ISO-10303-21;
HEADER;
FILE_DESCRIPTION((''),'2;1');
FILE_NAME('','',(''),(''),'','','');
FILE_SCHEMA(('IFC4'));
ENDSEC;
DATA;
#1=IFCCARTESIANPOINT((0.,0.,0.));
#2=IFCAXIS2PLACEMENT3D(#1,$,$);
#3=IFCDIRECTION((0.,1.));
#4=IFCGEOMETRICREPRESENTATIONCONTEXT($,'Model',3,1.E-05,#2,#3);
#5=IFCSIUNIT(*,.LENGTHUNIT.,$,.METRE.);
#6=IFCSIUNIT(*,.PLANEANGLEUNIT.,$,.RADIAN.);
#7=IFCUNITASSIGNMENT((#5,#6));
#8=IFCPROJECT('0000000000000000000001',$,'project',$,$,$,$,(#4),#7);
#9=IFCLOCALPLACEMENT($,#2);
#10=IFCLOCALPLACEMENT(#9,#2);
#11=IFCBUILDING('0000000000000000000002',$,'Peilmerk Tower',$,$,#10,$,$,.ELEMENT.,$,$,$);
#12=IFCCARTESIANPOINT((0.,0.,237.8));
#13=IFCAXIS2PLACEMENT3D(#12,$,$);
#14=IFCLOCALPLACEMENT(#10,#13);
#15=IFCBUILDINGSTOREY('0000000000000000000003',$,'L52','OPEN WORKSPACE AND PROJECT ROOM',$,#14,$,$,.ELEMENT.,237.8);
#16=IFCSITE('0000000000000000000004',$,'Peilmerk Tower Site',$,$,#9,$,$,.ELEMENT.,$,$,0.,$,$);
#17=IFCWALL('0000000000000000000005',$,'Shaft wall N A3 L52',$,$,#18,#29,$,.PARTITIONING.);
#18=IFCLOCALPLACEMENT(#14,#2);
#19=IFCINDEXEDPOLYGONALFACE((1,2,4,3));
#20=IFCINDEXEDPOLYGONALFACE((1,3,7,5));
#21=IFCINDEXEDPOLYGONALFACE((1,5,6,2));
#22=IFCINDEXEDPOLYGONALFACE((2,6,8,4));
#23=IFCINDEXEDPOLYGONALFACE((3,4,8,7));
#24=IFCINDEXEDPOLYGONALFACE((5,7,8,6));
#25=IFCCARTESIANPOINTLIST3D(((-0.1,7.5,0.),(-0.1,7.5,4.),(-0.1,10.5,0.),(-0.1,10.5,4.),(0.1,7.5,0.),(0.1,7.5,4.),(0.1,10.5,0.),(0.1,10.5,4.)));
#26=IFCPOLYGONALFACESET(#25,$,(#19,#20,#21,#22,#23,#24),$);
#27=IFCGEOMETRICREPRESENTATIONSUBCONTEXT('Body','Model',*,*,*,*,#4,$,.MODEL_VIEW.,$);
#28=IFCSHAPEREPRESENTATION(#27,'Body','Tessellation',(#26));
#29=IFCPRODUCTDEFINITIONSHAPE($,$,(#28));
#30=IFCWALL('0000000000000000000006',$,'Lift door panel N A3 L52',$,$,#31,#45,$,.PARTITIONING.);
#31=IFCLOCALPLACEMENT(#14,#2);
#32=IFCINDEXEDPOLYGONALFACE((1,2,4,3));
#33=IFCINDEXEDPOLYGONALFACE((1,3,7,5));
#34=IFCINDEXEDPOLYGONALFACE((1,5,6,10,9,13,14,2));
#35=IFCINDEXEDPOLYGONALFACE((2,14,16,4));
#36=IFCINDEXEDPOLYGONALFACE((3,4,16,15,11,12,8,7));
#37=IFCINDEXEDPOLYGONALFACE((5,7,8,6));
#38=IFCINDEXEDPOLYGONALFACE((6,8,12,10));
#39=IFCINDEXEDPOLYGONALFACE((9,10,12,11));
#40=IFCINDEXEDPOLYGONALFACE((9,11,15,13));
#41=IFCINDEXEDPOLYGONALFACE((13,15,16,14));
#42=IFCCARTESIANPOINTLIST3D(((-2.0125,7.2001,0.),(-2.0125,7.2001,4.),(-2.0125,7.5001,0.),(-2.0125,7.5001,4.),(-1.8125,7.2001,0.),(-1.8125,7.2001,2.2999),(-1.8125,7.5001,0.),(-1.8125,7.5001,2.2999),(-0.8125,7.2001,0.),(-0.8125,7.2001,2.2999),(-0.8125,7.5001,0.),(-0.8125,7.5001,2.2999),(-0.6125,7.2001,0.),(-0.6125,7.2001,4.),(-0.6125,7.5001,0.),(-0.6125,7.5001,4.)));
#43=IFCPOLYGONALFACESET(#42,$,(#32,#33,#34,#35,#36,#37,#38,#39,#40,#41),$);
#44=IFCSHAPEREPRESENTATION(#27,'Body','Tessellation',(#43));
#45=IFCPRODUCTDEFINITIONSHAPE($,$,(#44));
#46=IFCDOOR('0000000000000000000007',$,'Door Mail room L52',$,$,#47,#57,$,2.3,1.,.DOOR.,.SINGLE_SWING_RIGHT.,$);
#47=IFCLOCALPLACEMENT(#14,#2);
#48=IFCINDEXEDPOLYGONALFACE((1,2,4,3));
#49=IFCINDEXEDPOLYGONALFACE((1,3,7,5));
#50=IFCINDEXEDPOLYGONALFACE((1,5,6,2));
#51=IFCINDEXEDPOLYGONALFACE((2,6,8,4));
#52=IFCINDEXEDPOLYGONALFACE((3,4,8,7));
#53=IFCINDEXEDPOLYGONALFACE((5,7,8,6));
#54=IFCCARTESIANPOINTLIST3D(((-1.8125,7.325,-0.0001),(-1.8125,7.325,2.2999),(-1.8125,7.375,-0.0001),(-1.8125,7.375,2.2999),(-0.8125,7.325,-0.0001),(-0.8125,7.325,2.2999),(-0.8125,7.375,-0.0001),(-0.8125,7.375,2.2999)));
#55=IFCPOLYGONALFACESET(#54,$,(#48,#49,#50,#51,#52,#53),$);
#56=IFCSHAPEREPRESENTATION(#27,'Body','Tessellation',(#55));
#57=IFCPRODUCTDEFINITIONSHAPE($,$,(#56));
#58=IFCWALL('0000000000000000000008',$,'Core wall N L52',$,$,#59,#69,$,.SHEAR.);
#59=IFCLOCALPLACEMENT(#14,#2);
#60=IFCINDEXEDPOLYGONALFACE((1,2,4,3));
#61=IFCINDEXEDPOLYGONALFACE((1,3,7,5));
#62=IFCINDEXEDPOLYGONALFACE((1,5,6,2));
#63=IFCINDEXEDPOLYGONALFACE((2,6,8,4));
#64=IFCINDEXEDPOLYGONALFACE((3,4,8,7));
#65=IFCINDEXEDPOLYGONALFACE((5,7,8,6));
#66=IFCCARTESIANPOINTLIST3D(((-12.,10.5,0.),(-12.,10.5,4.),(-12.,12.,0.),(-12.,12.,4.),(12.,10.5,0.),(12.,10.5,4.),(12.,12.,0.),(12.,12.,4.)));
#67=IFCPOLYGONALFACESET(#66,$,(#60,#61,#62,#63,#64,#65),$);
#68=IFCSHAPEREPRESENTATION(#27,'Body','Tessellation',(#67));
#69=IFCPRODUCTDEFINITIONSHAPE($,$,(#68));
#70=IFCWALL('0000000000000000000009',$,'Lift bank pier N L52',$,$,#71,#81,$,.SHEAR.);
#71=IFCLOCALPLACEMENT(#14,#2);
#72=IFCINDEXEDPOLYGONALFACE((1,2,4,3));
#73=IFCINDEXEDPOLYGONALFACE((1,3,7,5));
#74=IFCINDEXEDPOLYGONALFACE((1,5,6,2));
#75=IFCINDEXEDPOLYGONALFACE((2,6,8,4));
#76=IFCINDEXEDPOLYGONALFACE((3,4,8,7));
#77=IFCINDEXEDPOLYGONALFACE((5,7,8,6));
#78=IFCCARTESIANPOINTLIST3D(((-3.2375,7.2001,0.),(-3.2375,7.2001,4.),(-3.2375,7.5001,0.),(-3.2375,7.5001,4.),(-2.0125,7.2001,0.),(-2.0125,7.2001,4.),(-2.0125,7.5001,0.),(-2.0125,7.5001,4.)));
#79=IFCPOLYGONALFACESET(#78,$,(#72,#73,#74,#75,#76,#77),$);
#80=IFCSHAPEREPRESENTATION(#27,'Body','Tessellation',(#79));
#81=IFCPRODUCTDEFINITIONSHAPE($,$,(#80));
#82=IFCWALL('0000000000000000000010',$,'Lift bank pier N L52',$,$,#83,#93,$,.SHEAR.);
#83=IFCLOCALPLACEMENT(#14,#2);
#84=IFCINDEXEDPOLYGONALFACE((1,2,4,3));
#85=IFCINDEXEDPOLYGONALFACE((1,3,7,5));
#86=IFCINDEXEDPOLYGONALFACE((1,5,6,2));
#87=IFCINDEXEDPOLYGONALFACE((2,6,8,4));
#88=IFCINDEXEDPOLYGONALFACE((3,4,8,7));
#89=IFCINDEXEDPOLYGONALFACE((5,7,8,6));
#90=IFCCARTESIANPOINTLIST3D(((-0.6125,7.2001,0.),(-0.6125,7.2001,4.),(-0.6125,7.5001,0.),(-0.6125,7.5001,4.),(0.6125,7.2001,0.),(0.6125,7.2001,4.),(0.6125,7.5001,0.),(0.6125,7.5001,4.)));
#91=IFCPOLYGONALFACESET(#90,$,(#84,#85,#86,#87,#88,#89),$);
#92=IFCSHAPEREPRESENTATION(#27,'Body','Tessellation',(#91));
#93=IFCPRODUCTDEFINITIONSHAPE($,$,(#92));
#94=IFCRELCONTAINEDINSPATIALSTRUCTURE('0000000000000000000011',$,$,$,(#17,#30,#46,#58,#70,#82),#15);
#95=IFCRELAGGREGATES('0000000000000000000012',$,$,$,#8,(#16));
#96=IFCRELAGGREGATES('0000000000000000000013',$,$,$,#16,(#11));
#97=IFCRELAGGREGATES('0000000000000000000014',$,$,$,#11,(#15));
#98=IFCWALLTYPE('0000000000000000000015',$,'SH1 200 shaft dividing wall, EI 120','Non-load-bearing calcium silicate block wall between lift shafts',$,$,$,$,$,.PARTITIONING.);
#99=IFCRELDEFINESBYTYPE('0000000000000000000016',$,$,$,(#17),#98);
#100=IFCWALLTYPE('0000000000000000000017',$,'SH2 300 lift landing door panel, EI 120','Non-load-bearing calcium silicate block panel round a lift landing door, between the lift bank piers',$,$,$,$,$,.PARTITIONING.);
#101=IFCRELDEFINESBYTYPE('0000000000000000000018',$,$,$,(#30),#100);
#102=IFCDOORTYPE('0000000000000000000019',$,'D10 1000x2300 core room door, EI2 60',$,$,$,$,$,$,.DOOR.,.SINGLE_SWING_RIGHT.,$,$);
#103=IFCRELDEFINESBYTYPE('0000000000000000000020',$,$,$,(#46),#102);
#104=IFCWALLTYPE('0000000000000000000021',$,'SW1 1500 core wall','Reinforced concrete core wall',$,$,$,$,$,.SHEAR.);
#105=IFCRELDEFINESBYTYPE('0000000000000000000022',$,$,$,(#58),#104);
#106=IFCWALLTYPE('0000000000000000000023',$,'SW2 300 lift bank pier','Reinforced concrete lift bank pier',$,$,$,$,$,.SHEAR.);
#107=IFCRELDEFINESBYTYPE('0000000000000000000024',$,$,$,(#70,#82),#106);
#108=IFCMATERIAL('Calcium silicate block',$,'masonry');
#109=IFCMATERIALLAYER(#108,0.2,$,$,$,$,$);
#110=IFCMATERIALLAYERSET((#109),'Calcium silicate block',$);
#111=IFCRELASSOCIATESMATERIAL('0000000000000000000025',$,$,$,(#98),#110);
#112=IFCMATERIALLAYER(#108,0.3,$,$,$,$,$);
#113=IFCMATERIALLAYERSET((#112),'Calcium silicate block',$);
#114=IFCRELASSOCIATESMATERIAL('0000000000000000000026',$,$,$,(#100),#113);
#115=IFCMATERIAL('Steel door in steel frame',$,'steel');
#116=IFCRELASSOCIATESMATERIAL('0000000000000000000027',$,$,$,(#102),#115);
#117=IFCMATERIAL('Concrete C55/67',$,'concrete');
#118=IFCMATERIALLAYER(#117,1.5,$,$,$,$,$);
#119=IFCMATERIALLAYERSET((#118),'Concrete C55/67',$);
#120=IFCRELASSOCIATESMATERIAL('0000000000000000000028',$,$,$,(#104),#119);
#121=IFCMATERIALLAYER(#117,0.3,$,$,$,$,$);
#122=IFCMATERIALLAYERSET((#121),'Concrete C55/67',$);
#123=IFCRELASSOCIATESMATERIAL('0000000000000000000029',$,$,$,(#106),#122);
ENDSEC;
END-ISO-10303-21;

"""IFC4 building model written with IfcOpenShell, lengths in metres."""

from ifc_helpers import new_model, si_unit, direction, frame, frame_2d, origin, place, context, subcontext, project, spatial, rectangle, extrude, material, layer, layer_set, type_object, element, fill, save


model = new_model("IFC4")

# Units and contexts
model_context = context("Model", 3, precision=1e-05, world=origin(), true_north=direction((0.0, 1.0)))
body_context = subcontext(model_context, "Body", "Model", "MODEL_VIEW")
ifc_project = project(units=[si_unit("LENGTHUNIT", "METRE"), si_unit("PLANEANGLEUNIT", "RADIAN")], contexts=[model_context])

# Site, building, storey
site_placement = place(None, origin())
site = spatial("IfcSite", under=ifc_project, at=site_placement, Name="Peilmerk Tower Site", CompositionType="ELEMENT", RefElevation=0.0)
building_placement = place(site_placement, origin())
building = spatial("IfcBuilding", under=site, at=building_placement, Name="Peilmerk Tower", CompositionType="ELEMENT")
storey_placement = place(building_placement, frame((0.0, 0.0, 237.8)))
storey = spatial("IfcBuildingStorey", under=building, at=storey_placement, Name="L52", Description="OPEN WORKSPACE AND PROJECT ROOM", CompositionType="ELEMENT", Elevation=237.8)

# Shared definitions
ifc_material_1 = material(Name="Calcium silicate block", Category="masonry")

# Wall
ifc_layer_1 = layer(ifc_material_1, 0.2)
ifc_layer_set_1 = layer_set([ifc_layer_1], Name="Calcium silicate block")
wall_type_1 = type_object("IfcWallType", Name="SH1 200 shaft dividing wall, EI 120", Description="Non-load-bearing calcium silicate block wall between lift shafts", PredefinedType="PARTITIONING", material=ifc_layer_set_1)
for number, where, z_axis, x_axis, name in (
    (1, (0.0, 7.5, 0.0), (0.0, 0.0, 1.0), (0.0, 1.0, 0.0), "Shaft wall N A3 L52"),
):
    element("IfcWall", number, at=place(storey_placement, frame(where, z_axis=z_axis, x_axis=x_axis)), inside=storey, type_object=wall_type_1, Name=name, PredefinedType="PARTITIONING", context=body_context, shape_type="SweptSolid", body=[
        extrude(rectangle(XDim=3.0, YDim=0.2, at=frame_2d((1.5, 0.0))), origin(), (0.0, 0.0, 1.0), 4.0),
    ])

# Wall, opening, door
ifc_layer_2 = layer(ifc_material_1, 0.3)
ifc_layer_set_2 = layer_set([ifc_layer_2], Name="Calcium silicate block")
wall_type_2 = type_object("IfcWallType", Name="SH2 300 lift landing door panel, EI 120", Description="Non-load-bearing calcium silicate block panel round a lift landing door, between the lift bank piers", PredefinedType="PARTITIONING", material=ifc_layer_set_2)
wall_1_placement = place(storey_placement, frame((-2.0125, 7.3501, 0.0), z_axis=(0.0, 0.0, 1.0), x_axis=(1.0, 0.0, 0.0)))
wall_1 = element("IfcWall", 2, at=wall_1_placement, inside=storey, type_object=wall_type_2, Name="Lift door panel N A3 L52", PredefinedType="PARTITIONING", context=body_context, shape_type="SweptSolid", body=[
    extrude(rectangle(XDim=1.3999, YDim=0.3, at=frame_2d((0.7, 0.0))), origin(), (0.0, 0.0, 1.0), 4.0),
])
opening_1_placement = place(wall_1_placement, frame((0.2, 0.0, 0.0)))
opening_1 = element("IfcOpeningElement", 3, at=opening_1_placement, cuts=wall_1, PredefinedType="OPENING", context=body_context, shape_type="SweptSolid", body=[
    extrude(rectangle(XDim=1.0, YDim=2.3, at=frame_2d((0.5, 1.1499))), frame((0.0, 0.1599, 0.0), z_axis=(0.0, -1.0, 0.0), x_axis=(1.0, 0.0, 0.0)), (0.0, 0.0, 1.0), 0.3201),
])
ifc_material_2 = material(Name="Steel door in steel frame", Category="steel")
door_type_1 = type_object("IfcDoorType", Name="D10 1000x2300 core room door, EI2 60", OperationType="SINGLE_SWING_RIGHT", PredefinedType="DOOR", material=ifc_material_2)
door_1_placement = place(opening_1_placement, origin())
door_1 = element("IfcDoor", 4, at=door_1_placement, inside=storey, type_object=door_type_1, Name="Door Mail room L52", OperationType="SINGLE_SWING_RIGHT", OverallHeight=2.3, OverallWidth=1.0, PredefinedType="DOOR", context=body_context, shape_type="SweptSolid", body=[
    extrude(rectangle(XDim=1.0, YDim=2.3, at=frame_2d((0.5, 1.1499))), frame((0.0, 0.0249, 0.0), z_axis=(0.0, -1.0, 0.0), x_axis=(1.0, 0.0, 0.0)), (0.0, 0.0, 1.0), 0.05),
])
fill(opening_1, door_1)

# Walls
ifc_material_3 = material(Name="Concrete C55/67", Category="concrete")
ifc_layer_3 = layer(ifc_material_3, 1.5)
ifc_layer_set_3 = layer_set([ifc_layer_3], Name="Concrete C55/67")
wall_type_3 = type_object("IfcWallType", Name="SW1 1500 core wall", Description="Reinforced concrete core wall", PredefinedType="SHEAR", material=ifc_layer_set_3)
wall_2_placement = place(storey_placement, frame((-12.0, 11.25, 0.0), z_axis=(0.0, 0.0, 1.0), x_axis=(1.0, 0.0, 0.0)))
element("IfcWall", 5, at=wall_2_placement, inside=storey, type_object=wall_type_3, Name="Core wall N L52", PredefinedType="SHEAR", context=body_context, shape_type="SweptSolid", body=[
    extrude(rectangle(XDim=24.0, YDim=1.5, at=frame_2d((12.0, 0.0))), origin(), (0.0, 0.0, 1.0), 4.0),
])
ifc_layer_4 = layer(ifc_material_3, 0.3)
ifc_layer_set_4 = layer_set([ifc_layer_4], Name="Concrete C55/67")
wall_type_4 = type_object("IfcWallType", Name="SW2 300 lift bank pier", Description="Reinforced concrete lift bank pier", PredefinedType="SHEAR", material=ifc_layer_set_4)
for number, where, z_axis, x_axis, name in (
    (6, (-3.2375, 7.3501, 0.0), (0.0, 0.0, 1.0), (1.0, 0.0, 0.0), "Lift bank pier N L52"),
    (7, (-0.6125, 7.3501, 0.0), (0.0, 0.0, 1.0), (1.0, 0.0, 0.0), "Lift bank pier N L52"),
):
    element("IfcWall", number, at=place(storey_placement, frame(where, z_axis=z_axis, x_axis=x_axis)), inside=storey, type_object=wall_type_4, Name=name, PredefinedType="SHEAR", context=body_context, shape_type="SweptSolid", body=[
        extrude(rectangle(XDim=1.2251, YDim=0.3, at=frame_2d((0.6125, 0.0))), origin(), (0.0, 0.0, 1.0), 4.0),
    ])

save(model, "model.ifc")
